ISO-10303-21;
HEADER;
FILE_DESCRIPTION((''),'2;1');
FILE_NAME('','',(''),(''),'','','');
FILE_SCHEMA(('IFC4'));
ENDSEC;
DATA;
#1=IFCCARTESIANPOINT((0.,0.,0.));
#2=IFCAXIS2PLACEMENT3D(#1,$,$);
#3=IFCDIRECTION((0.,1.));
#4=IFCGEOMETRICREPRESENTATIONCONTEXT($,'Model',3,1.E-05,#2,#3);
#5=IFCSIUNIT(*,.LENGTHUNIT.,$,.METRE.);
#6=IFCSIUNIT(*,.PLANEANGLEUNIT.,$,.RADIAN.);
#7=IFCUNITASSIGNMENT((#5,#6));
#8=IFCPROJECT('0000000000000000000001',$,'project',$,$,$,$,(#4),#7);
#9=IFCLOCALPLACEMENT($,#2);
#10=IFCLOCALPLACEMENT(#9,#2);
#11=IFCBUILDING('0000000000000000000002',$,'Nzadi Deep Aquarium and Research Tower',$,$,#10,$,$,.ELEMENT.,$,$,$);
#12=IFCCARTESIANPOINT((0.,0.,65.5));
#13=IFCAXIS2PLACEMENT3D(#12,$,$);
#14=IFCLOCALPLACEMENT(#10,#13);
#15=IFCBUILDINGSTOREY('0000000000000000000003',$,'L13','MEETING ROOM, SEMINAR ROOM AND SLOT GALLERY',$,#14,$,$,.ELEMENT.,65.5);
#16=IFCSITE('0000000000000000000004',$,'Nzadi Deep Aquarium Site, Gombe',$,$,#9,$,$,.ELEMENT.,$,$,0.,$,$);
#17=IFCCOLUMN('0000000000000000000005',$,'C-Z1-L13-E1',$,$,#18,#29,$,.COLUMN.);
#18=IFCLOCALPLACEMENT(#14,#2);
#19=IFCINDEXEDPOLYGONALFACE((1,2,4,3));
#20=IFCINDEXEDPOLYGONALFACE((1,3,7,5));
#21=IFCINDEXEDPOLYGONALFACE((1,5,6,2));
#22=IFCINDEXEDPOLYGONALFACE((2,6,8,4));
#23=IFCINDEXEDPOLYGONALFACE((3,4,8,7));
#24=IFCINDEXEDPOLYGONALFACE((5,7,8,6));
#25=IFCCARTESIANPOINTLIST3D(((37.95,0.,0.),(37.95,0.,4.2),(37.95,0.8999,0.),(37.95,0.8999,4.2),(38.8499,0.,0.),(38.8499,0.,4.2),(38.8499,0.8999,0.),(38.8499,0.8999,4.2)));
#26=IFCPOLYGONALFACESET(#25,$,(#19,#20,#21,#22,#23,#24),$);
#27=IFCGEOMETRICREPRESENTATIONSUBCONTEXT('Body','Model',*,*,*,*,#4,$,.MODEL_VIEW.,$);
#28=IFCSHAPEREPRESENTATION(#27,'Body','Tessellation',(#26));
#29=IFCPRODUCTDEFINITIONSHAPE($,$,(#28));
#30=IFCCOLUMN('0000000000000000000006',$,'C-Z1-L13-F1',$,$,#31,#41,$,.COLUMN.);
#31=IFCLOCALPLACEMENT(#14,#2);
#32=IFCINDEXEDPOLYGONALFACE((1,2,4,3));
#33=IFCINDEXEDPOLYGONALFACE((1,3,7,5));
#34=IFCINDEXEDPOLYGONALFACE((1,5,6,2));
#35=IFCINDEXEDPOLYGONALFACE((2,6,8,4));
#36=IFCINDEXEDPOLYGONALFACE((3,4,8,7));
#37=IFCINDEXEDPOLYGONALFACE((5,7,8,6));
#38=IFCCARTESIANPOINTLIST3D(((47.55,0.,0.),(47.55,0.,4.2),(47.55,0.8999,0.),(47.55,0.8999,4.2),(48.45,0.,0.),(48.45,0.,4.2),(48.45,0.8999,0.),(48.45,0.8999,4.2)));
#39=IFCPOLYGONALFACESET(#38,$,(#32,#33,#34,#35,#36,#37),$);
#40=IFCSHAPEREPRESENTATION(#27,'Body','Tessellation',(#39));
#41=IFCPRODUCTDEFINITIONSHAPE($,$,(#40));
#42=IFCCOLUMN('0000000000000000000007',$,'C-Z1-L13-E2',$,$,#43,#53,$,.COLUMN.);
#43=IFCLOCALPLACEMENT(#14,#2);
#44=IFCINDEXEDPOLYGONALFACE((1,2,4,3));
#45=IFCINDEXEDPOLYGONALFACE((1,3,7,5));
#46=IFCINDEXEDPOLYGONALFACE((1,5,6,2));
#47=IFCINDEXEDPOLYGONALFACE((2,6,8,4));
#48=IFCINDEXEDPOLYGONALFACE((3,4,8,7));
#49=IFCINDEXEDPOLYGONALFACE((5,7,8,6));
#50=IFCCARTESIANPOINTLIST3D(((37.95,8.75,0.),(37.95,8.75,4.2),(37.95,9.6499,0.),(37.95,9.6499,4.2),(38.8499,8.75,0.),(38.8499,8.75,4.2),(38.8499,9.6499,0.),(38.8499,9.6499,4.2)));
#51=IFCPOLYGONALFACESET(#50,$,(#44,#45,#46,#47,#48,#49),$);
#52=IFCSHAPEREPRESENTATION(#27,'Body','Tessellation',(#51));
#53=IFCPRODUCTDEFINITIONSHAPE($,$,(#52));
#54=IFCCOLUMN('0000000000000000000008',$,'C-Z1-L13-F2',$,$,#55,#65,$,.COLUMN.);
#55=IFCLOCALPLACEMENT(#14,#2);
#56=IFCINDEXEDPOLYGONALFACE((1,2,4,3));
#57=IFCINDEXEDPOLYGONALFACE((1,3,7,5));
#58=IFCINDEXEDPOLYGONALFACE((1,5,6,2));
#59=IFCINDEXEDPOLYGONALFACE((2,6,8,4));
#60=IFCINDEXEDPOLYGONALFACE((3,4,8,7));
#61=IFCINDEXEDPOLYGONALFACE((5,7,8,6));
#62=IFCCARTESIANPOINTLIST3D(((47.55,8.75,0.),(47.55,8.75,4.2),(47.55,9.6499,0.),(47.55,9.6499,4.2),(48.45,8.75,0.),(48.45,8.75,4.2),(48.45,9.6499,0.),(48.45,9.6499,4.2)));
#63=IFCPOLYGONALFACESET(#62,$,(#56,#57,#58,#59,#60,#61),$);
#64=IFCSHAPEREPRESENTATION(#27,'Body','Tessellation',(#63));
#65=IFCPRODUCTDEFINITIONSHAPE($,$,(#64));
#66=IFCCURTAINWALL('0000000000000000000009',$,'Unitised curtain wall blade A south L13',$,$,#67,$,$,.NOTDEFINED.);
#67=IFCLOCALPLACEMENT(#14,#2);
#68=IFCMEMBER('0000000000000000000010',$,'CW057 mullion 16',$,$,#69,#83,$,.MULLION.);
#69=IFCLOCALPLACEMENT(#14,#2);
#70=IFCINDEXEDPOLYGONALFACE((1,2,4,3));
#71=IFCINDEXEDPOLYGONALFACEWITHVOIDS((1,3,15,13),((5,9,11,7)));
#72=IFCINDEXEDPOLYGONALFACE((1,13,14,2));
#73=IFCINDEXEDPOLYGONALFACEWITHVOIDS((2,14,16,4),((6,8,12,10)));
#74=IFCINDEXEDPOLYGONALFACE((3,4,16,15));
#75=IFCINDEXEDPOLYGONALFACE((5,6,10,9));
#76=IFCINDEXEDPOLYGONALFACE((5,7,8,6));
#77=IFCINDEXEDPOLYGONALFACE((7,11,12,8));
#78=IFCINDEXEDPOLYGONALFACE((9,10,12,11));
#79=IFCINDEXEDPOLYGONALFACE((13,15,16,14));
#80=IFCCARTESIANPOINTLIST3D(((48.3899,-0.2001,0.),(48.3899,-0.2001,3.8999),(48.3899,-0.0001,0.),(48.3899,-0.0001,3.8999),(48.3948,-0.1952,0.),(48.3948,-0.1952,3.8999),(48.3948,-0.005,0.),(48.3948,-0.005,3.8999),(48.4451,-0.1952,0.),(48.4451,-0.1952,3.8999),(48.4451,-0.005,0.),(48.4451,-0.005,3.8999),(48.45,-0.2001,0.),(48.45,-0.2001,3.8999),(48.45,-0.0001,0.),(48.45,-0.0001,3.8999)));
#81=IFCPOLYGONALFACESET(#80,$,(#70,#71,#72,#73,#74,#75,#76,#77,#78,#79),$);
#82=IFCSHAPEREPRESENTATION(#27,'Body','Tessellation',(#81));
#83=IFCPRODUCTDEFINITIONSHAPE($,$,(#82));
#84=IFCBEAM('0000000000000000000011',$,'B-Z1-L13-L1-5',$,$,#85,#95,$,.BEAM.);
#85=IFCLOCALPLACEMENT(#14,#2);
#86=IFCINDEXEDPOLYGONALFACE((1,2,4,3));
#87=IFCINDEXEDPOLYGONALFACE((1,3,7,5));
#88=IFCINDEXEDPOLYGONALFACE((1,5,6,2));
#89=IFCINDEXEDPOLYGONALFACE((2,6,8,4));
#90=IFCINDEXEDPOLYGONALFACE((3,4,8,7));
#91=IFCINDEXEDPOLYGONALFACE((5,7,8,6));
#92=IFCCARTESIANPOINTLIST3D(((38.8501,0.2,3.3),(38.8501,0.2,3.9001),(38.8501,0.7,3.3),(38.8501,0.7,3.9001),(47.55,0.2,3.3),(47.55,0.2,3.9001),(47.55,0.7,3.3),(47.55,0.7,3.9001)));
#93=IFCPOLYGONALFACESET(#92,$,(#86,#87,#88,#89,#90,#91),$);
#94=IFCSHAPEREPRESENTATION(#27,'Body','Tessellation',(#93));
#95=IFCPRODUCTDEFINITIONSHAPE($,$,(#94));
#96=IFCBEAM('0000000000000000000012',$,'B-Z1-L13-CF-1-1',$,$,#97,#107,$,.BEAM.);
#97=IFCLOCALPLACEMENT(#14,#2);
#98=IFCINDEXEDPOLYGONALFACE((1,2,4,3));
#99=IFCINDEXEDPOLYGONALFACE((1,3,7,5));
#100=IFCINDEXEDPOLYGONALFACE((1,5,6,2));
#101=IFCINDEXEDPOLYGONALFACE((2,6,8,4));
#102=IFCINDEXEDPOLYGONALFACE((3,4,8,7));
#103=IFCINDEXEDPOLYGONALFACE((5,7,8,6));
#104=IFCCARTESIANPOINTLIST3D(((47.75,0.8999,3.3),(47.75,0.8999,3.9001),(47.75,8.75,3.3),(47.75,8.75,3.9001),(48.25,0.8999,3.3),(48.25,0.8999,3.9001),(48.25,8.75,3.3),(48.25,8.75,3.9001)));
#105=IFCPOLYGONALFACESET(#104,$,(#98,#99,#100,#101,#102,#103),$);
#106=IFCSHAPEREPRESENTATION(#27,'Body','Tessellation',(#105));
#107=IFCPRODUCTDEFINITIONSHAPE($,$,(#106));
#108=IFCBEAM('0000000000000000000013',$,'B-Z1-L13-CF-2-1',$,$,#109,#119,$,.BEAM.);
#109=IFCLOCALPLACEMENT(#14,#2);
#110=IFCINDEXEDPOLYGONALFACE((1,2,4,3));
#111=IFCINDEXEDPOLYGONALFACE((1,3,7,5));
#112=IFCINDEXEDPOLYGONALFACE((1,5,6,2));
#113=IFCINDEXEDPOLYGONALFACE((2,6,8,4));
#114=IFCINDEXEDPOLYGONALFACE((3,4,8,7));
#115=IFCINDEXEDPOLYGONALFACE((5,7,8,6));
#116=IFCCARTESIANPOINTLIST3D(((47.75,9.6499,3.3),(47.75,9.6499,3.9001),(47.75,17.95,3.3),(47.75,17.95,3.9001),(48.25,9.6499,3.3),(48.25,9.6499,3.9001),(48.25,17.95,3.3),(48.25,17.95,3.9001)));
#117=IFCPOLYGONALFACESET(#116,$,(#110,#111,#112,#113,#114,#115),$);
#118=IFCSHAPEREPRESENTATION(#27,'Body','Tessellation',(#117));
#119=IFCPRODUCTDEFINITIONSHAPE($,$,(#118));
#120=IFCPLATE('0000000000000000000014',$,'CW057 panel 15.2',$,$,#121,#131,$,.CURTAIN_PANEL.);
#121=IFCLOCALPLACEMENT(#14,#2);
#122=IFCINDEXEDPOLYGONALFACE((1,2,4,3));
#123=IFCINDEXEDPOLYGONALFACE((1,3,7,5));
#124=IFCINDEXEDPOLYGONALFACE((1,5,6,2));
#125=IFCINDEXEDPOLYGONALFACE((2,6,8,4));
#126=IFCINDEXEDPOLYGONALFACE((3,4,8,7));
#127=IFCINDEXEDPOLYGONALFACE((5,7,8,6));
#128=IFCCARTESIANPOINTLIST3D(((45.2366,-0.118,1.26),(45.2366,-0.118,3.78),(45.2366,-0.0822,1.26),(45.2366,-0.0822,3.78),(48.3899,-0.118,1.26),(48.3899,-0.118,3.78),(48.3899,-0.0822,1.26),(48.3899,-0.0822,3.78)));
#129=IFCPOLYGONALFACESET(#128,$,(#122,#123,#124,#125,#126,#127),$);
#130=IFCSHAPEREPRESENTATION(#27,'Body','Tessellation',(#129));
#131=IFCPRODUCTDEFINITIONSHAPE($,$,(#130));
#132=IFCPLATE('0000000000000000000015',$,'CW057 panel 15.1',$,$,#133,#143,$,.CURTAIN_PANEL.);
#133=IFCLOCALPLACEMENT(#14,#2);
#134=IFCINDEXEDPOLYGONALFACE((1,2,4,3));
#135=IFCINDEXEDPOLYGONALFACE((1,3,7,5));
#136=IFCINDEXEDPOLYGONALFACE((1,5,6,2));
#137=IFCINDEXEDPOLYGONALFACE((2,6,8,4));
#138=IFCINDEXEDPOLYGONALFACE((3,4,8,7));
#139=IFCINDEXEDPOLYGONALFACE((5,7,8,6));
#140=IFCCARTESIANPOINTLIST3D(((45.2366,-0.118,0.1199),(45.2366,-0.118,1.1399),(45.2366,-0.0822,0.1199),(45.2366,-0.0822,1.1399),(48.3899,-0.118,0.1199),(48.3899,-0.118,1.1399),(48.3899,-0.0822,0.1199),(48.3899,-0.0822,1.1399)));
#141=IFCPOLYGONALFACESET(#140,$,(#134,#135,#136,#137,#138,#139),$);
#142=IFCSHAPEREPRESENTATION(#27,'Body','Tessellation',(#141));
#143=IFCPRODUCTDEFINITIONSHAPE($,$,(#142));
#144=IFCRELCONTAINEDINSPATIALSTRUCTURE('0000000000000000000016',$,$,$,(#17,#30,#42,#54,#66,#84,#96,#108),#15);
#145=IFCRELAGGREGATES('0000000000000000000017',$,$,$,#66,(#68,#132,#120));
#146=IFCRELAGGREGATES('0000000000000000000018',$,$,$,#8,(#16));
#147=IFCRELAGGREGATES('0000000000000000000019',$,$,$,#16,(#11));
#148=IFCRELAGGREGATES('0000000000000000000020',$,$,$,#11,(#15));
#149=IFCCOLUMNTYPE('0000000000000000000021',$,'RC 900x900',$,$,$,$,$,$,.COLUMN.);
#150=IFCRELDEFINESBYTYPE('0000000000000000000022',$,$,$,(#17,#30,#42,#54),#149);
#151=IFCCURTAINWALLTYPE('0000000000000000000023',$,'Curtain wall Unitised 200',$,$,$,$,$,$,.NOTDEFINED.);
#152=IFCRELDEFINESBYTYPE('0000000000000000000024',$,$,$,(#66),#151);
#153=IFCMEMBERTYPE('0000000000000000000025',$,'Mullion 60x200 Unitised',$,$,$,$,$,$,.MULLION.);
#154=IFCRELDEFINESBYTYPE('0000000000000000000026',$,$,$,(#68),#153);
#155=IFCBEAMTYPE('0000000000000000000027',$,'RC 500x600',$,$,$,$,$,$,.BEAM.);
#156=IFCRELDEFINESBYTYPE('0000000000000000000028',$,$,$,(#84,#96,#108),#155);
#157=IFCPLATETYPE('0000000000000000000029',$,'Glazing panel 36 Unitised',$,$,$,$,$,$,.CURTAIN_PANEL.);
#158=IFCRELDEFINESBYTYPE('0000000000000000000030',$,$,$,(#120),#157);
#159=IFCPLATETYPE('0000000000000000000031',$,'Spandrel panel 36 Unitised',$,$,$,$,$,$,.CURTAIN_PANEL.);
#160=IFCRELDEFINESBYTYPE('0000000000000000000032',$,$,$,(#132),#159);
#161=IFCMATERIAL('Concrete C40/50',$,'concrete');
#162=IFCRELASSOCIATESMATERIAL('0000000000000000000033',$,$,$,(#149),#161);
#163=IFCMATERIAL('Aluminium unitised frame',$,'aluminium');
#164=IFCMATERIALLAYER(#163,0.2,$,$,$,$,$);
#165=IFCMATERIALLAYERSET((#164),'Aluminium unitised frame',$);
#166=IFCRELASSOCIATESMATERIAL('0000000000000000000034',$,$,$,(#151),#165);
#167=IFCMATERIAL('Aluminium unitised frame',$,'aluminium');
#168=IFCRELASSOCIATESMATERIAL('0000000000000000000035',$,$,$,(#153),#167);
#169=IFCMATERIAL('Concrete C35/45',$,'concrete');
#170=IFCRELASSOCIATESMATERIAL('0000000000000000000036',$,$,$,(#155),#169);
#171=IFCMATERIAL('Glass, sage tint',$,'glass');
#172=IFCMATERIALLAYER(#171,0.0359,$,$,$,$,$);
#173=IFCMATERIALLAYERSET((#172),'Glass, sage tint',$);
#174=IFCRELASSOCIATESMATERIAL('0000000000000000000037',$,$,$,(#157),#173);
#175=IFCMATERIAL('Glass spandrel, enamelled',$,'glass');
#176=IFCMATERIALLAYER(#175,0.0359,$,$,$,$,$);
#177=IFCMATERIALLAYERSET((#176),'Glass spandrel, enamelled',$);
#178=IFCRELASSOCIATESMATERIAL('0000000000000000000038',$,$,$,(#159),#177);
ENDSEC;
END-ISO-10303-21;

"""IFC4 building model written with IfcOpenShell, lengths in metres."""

from ifc_helpers import new_model, si_unit, direction, frame, origin, origin_2d, place, context, subcontext, project, spatial, rectangle, hollow_rectangle, extrude, material, layer, layer_set, material_profile, profile_set, type_object, element, aggregate, save


model = new_model("IFC4")

# Units and contexts
model_context = context("Model", 3, precision=1e-05, world=origin(), true_north=direction((0.0, 1.0)))
body_context = subcontext(model_context, "Body", "Model", "MODEL_VIEW")
ifc_project = project(units=[si_unit("LENGTHUNIT", "METRE"), si_unit("PLANEANGLEUNIT", "RADIAN")], contexts=[model_context])

# Site, building, storey
site_placement = place(None, origin())
site = spatial("IfcSite", under=ifc_project, at=site_placement, Name="Nzadi Deep Aquarium Site, Gombe", CompositionType="ELEMENT", RefElevation=0.0)
building_placement = place(site_placement, origin())
building = spatial("IfcBuilding", under=site, at=building_placement, Name="Nzadi Deep Aquarium and Research Tower", CompositionType="ELEMENT")
storey_placement = place(building_placement, frame((0.0, 0.0, 65.5)))
storey = spatial("IfcBuildingStorey", under=building, at=storey_placement, Name="L13", Description="MEETING ROOM, SEMINAR ROOM AND SLOT GALLERY", CompositionType="ELEMENT", Elevation=65.5)

# Columns
ifc_material_1 = material(Name="Concrete C40/50", Category="concrete")
ifc_material_profile_1 = material_profile(ifc_material_1, rectangle(XDim=0.8999, YDim=0.8999, at=origin_2d()))
ifc_profile_set_1 = profile_set([ifc_material_profile_1], Name="Concrete C40/50")
column_type = type_object("IfcColumnType", Name="RC 900x900", PredefinedType="COLUMN", material=ifc_profile_set_1)
for number, where, z_axis, x_axis, name in (
    (1, (38.3999, 0.45, 0.0), (0.0, 0.0, 1.0), (1.0, 0.0, 0.0), "C-Z1-L13-E1"),
    (2, (48.0, 0.45, 0.0), (0.0, 0.0, 1.0), (1.0, 0.0, 0.0), "C-Z1-L13-F1"),
    (3, (38.3999, 9.2, 0.0), (0.0, 0.0, 1.0), (1.0, 0.0, 0.0), "C-Z1-L13-E2"),
    (4, (48.0, 9.2, 0.0), (0.0, 0.0, 1.0), (1.0, 0.0, 0.0), "C-Z1-L13-F2"),
):
    element("IfcColumn", number, at=place(storey_placement, frame(where, z_axis=z_axis, x_axis=x_axis)), inside=storey, type_object=column_type, Name=name, PredefinedType="COLUMN", context=body_context, shape_type="SweptSolid", body=[
        extrude(rectangle(XDim=0.8999, YDim=0.8999, at=origin_2d()), origin(), (0.0, 0.0, 1.0), 4.2),
    ])

# Curtain wall, member
ifc_material_2 = material(Name="Aluminium unitised frame", Category="aluminium")
ifc_layer_1 = layer(ifc_material_2, 0.2)
ifc_layer_set_1 = layer_set([ifc_layer_1], Name="Aluminium unitised frame")
curtain_wall_type = type_object("IfcCurtainWallType", Name="Curtain wall Unitised 200", PredefinedType="NOTDEFINED", material=ifc_layer_set_1)
curtain_wall_placement = place(storey_placement, origin())
curtain_wall = element("IfcCurtainWall", 5, at=curtain_wall_placement, inside=storey, type_object=curtain_wall_type, Name="Unitised curtain wall blade A south L13", PredefinedType="NOTDEFINED")
ifc_material_3 = material(Name="Aluminium unitised frame", Category="aluminium")
ifc_material_profile_2 = material_profile(ifc_material_3, hollow_rectangle(XDim=0.2, YDim=0.0601, WallThickness=0.0049, at=origin_2d()))
ifc_profile_set_2 = profile_set([ifc_material_profile_2], Name="Aluminium unitised frame")
member_type = type_object("IfcMemberType", Name="Mullion 60x200 Unitised", PredefinedType="MULLION", material=ifc_profile_set_2)
member_placement = place(storey_placement, frame((48.4199, -0.1001, 0.0), z_axis=(0.0, 0.0, 1.0), x_axis=(0.0, 1.0, 0.0)))
member = element("IfcMember", 6, at=member_placement, type_object=member_type, Name="CW057 mullion 16", PredefinedType="MULLION", context=body_context, shape_type="SweptSolid", body=[
    extrude(hollow_rectangle(XDim=0.2, YDim=0.0601, WallThickness=0.0049, at=origin_2d()), origin(), (0.0, 0.0, 1.0), 3.8999),
])

# Beams
ifc_material_4 = material(Name="Concrete C35/45", Category="concrete")
ifc_material_profile_3 = material_profile(ifc_material_4, rectangle(XDim=0.5, YDim=0.6001, at=origin_2d()))
ifc_profile_set_3 = profile_set([ifc_material_profile_3], Name="Concrete C35/45")
beam_type = type_object("IfcBeamType", Name="RC 500x600", PredefinedType="BEAM", material=ifc_profile_set_3)
beam_1_placement = place(storey_placement, frame((38.8501, 0.45, 3.6001), z_axis=(1.0, 0.0, 0.0), x_axis=(0.0, 1.0, 0.0)))
element("IfcBeam", 7, at=beam_1_placement, inside=storey, type_object=beam_type, Name="B-Z1-L13-L1-5", PredefinedType="BEAM", context=body_context, shape_type="SweptSolid", body=[
    extrude(rectangle(XDim=0.5, YDim=0.6001, at=origin_2d()), origin(), (0.0, 0.0, 1.0), 8.7),
])
beam_2_placement = place(storey_placement, frame((48.0, 0.8999, 3.6001), z_axis=(0.0, 1.0, 0.0), x_axis=(-1.0, 0.0, 0.0)))
element("IfcBeam", 8, at=beam_2_placement, inside=storey, type_object=beam_type, Name="B-Z1-L13-CF-1-1", PredefinedType="BEAM", context=body_context, shape_type="SweptSolid", body=[
    extrude(rectangle(XDim=0.5, YDim=0.6001, at=origin_2d()), origin(), (0.0, 0.0, 1.0), 7.8501),
])
beam_3_placement = place(storey_placement, frame((48.0, 9.6499, 3.6001), z_axis=(0.0, 1.0, 0.0), x_axis=(-1.0, 0.0, 0.0)))
element("IfcBeam", 9, at=beam_3_placement, inside=storey, type_object=beam_type, Name="B-Z1-L13-CF-2-1", PredefinedType="BEAM", context=body_context, shape_type="SweptSolid", body=[
    extrude(rectangle(XDim=0.5, YDim=0.6001, at=origin_2d()), origin(), (0.0, 0.0, 1.0), 8.3),
])

# Plates
ifc_material_5 = material(Name="Glass, sage tint", Category="glass")
ifc_layer_2 = layer(ifc_material_5, 0.0359)
ifc_layer_set_2 = layer_set([ifc_layer_2], Name="Glass, sage tint")
plate_type_1 = type_object("IfcPlateType", Name="Glazing panel 36 Unitised", PredefinedType="CURTAIN_PANEL", material=ifc_layer_set_2)
plate_1_placement = place(storey_placement, frame((46.8132, -0.1001, 1.26), z_axis=(0.0, 0.0, 1.0), x_axis=(1.0, 0.0, 0.0)))
plate_1 = element("IfcPlate", 10, at=plate_1_placement, type_object=plate_type_1, Name="CW057 panel 15.2", PredefinedType="CURTAIN_PANEL", context=body_context, shape_type="SweptSolid", body=[
    extrude(rectangle(XDim=3.1533, YDim=0.0359, at=origin_2d()), origin(), (0.0, 0.0, 1.0), 2.52),
])
ifc_material_6 = material(Name="Glass spandrel, enamelled", Category="glass")
ifc_layer_3 = layer(ifc_material_6, 0.0359)
ifc_layer_set_3 = layer_set([ifc_layer_3], Name="Glass spandrel, enamelled")
plate_type_2 = type_object("IfcPlateType", Name="Spandrel panel 36 Unitised", PredefinedType="CURTAIN_PANEL", material=ifc_layer_set_3)
plate_2_placement = place(storey_placement, frame((46.8132, -0.1001, 0.1199), z_axis=(0.0, 0.0, 1.0), x_axis=(1.0, 0.0, 0.0)))
plate_2 = element("IfcPlate", 11, at=plate_2_placement, type_object=plate_type_2, Name="CW057 panel 15.1", PredefinedType="CURTAIN_PANEL", context=body_context, shape_type="SweptSolid", body=[
    extrude(rectangle(XDim=3.1533, YDim=0.0359, at=origin_2d()), origin(), (0.0, 0.0, 1.0), 1.02),
])
aggregate(curtain_wall, [member, plate_2, plate_1])

save(model, "model.ifc")
